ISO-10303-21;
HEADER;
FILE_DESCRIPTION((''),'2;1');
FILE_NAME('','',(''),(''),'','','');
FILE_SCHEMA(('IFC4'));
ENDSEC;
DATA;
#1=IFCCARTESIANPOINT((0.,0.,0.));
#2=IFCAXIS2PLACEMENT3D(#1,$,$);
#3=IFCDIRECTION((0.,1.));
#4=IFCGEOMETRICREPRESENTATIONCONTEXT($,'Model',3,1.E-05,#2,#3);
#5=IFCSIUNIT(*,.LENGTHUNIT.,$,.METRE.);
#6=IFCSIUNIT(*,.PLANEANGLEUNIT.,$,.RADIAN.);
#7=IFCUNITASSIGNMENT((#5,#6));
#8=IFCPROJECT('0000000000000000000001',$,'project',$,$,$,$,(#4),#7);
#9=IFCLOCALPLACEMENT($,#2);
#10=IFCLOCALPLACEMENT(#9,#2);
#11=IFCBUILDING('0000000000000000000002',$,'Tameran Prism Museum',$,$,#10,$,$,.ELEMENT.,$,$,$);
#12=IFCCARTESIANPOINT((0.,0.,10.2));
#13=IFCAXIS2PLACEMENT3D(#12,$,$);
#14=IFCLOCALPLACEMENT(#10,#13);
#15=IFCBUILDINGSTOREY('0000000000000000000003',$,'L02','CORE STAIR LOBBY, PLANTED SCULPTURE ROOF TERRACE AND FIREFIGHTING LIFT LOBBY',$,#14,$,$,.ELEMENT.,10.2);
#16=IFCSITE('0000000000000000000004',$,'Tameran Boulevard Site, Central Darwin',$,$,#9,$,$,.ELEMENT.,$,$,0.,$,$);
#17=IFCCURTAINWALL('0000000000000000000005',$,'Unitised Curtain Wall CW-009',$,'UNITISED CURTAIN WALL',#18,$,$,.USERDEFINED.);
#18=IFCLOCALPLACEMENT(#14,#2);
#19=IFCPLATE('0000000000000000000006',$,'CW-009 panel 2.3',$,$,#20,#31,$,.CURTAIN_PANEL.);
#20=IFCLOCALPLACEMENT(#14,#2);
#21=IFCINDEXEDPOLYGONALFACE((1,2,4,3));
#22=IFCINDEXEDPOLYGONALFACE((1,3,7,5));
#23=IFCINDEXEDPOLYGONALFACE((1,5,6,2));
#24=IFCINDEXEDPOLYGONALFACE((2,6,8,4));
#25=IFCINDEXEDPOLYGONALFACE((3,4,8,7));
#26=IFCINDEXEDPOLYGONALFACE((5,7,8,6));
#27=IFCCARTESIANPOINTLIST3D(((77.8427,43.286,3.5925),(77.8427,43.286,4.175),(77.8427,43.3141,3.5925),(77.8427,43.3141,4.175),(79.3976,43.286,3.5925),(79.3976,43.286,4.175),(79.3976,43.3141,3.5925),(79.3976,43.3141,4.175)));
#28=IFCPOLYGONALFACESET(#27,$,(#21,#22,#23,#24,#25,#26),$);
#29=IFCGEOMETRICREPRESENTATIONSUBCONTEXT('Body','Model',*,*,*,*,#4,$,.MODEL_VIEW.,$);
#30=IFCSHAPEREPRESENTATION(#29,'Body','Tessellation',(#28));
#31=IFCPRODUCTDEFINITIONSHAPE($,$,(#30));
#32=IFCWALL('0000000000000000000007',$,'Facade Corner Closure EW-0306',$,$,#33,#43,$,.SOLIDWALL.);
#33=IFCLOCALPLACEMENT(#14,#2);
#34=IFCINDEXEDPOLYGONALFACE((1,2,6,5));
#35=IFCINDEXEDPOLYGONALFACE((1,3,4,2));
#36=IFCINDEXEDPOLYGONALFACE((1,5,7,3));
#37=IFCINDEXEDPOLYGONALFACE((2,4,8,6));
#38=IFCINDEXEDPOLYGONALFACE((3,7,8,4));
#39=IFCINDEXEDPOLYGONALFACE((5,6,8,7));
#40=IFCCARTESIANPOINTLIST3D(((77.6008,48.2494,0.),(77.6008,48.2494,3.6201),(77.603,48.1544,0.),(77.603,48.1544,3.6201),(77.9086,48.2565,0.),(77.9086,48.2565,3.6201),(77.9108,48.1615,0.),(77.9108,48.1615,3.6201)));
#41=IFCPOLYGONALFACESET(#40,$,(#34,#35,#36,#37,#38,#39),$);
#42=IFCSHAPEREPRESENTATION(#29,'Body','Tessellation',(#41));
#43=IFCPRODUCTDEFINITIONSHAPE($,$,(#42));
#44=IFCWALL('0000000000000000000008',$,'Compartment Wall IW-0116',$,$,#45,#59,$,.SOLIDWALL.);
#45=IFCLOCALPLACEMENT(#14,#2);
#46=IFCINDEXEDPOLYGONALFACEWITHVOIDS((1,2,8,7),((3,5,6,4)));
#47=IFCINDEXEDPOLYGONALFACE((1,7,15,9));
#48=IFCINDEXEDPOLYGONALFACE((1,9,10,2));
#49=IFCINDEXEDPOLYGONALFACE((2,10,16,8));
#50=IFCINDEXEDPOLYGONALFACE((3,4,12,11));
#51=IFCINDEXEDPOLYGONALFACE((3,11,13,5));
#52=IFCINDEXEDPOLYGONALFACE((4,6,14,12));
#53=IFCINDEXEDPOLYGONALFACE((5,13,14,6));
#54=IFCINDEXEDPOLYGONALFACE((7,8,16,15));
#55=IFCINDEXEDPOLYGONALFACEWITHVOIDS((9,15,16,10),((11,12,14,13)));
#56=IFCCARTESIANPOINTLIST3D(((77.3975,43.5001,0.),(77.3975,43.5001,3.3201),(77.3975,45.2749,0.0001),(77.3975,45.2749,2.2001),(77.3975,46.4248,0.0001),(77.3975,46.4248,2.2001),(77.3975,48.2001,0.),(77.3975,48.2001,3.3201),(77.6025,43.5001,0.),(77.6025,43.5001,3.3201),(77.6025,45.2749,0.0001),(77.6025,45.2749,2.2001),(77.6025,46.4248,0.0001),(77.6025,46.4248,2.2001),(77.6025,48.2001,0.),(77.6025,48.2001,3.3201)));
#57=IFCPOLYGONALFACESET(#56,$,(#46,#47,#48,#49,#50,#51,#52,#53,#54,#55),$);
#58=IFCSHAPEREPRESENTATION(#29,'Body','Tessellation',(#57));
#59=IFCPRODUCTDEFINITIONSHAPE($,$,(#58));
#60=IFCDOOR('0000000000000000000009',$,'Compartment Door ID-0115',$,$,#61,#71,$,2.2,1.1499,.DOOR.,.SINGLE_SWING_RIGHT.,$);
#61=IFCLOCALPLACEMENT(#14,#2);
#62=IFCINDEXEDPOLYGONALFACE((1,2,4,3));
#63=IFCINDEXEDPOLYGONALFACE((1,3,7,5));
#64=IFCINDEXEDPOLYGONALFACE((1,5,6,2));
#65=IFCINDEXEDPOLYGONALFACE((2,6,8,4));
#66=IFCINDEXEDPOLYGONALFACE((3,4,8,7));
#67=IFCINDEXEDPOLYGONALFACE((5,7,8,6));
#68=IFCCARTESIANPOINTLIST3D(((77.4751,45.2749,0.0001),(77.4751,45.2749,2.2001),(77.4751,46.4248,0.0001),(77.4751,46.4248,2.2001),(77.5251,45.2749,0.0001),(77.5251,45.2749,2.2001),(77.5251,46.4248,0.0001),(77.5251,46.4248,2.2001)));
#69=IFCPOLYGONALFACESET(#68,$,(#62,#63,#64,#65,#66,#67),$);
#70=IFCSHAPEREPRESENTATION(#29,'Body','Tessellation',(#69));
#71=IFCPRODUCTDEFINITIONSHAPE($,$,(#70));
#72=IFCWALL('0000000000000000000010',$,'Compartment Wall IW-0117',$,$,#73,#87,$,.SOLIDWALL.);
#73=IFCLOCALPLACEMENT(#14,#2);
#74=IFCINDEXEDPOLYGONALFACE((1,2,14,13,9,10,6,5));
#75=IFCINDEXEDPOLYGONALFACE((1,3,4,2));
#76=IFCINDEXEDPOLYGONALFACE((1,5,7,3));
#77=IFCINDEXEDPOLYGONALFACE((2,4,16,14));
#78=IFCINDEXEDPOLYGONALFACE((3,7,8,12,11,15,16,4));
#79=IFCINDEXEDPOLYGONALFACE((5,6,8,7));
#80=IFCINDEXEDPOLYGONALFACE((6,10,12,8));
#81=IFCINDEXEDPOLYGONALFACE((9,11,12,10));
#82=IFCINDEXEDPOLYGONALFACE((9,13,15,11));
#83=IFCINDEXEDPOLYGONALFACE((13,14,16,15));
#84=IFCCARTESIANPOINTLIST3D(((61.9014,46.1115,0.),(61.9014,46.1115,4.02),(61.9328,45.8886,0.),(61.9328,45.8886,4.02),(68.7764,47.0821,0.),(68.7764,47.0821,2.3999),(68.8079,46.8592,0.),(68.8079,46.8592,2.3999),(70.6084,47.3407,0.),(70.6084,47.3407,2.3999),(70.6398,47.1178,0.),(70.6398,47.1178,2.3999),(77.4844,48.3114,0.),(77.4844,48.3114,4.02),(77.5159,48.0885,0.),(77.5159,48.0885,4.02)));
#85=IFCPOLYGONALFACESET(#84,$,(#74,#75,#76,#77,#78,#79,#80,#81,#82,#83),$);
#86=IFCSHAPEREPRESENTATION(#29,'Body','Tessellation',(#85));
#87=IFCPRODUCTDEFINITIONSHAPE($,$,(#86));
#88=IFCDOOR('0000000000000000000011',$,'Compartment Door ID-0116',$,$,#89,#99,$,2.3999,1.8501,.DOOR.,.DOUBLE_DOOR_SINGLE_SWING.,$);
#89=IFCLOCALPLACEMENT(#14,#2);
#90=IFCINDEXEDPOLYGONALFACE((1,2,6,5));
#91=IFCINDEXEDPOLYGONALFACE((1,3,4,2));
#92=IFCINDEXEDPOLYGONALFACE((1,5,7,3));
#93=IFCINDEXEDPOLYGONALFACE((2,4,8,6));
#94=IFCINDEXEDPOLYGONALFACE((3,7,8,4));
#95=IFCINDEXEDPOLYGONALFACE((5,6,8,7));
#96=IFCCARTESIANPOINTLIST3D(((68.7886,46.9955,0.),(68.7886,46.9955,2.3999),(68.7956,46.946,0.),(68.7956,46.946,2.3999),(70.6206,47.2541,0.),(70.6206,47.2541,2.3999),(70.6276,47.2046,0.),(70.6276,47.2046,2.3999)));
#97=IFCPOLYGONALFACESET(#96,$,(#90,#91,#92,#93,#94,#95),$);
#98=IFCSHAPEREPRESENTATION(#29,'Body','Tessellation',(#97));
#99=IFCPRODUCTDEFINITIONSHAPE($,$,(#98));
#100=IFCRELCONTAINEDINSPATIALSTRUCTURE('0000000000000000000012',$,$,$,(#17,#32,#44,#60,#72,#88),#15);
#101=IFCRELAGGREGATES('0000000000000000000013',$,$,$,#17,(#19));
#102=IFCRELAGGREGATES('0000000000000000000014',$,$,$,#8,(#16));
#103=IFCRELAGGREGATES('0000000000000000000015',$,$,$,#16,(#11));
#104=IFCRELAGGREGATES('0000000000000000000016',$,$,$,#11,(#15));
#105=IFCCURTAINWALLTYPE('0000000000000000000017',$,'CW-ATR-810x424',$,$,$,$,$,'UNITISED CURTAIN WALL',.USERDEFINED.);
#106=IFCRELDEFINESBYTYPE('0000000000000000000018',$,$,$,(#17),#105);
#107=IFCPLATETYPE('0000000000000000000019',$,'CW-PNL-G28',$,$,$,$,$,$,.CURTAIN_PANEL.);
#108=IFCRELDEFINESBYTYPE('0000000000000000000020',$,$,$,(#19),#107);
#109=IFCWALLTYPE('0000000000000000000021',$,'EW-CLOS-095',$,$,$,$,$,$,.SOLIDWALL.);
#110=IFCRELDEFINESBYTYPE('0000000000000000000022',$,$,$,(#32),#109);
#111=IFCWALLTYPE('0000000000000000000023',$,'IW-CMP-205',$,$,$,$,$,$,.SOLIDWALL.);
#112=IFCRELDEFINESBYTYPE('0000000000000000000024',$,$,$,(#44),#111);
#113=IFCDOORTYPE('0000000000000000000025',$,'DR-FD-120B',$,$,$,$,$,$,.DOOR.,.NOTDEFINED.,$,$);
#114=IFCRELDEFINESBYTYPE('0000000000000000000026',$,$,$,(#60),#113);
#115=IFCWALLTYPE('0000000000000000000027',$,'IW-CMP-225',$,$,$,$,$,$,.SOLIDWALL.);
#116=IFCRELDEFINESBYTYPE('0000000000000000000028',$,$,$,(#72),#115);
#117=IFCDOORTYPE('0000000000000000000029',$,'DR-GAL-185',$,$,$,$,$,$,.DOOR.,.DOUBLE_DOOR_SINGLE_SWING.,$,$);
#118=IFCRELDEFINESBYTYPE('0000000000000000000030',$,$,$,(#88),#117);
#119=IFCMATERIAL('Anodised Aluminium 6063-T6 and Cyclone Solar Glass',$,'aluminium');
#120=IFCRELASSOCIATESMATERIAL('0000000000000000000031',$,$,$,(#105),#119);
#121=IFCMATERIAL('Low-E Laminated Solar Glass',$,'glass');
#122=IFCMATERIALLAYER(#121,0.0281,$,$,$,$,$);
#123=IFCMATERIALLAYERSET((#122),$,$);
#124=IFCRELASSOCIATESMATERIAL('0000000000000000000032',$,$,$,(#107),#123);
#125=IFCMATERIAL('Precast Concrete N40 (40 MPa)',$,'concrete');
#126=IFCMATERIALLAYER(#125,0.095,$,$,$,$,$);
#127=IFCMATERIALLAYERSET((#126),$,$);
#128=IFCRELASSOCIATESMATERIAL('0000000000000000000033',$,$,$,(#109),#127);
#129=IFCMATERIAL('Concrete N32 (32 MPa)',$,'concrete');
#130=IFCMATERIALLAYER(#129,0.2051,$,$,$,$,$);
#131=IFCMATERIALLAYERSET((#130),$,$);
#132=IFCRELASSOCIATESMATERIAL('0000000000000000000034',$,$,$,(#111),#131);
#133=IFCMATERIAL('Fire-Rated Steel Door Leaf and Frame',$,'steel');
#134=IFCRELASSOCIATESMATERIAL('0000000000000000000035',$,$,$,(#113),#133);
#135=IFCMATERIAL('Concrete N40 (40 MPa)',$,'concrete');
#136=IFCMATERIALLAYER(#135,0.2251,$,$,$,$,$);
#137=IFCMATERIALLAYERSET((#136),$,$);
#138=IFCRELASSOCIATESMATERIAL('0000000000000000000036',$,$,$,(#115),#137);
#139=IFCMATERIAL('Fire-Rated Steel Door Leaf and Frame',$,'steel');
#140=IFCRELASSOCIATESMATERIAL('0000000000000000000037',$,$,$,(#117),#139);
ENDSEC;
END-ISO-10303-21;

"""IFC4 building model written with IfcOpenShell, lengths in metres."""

from ifc_helpers import new_model, si_unit, direction, frame, frame_2d, origin, origin_2d, place, context, subcontext, project, spatial, rectangle, extrude, material, layer, layer_set, type_object, element, fill, aggregate, save


model = new_model("IFC4")

# Units and contexts
model_context = context("Model", 3, precision=1e-05, world=origin(), true_north=direction((0.0, 1.0)))
body_context = subcontext(model_context, "Body", "Model", "MODEL_VIEW")
ifc_project = project(units=[si_unit("LENGTHUNIT", "METRE"), si_unit("PLANEANGLEUNIT", "RADIAN")], contexts=[model_context])

# Site, building, storey
site_placement = place(None, origin())
site = spatial("IfcSite", under=ifc_project, at=site_placement, Name="Tameran Boulevard Site, Central Darwin", CompositionType="ELEMENT", RefElevation=0.0)
building_placement = place(site_placement, origin())
building = spatial("IfcBuilding", under=site, at=building_placement, Name="Tameran Prism Museum", CompositionType="ELEMENT")
storey_placement = place(building_placement, frame((0.0, 0.0, 10.2)))
storey = spatial("IfcBuildingStorey", under=building, at=storey_placement, Name="L02", Description="CORE STAIR LOBBY, PLANTED SCULPTURE ROOF TERRACE AND FIREFIGHTING LIFT LOBBY", CompositionType="ELEMENT", Elevation=10.2)

# Curtain wall
ifc_material_1 = material(Name="Anodised Aluminium 6063-T6 and Cyclone Solar Glass", Category="aluminium")
curtain_wall_type_1 = type_object("IfcCurtainWallType", Name="CW-ATR-810x424", ElementType="UNITISED CURTAIN WALL", PredefinedType="USERDEFINED", material=ifc_material_1)
curtain_wall_1_placement = place(storey_placement, origin())
curtain_wall_1 = element("IfcCurtainWall", 1, at=curtain_wall_1_placement, inside=storey, type_object=curtain_wall_type_1, Name="Unitised Curtain Wall CW-009", ObjectType="UNITISED CURTAIN WALL", PredefinedType="USERDEFINED")

# Plate
ifc_material_2 = material(Name="Low-E Laminated Solar Glass", Category="glass")
ifc_layer_1 = layer(ifc_material_2, 0.0281)
ifc_layer_set_1 = layer_set([ifc_layer_1])
plate_type = type_object("IfcPlateType", Name="CW-PNL-G28", PredefinedType="CURTAIN_PANEL", material=ifc_layer_set_1)
plate_1_placement = place(storey_placement, frame((78.6201, 43.3, 3.5925), z_axis=(0.0, 0.0, 1.0), x_axis=(-1.0, 0.0, 0.0)))
plate_1 = element("IfcPlate", 2, at=plate_1_placement, type_object=plate_type, Name="CW-009 panel 2.3", PredefinedType="CURTAIN_PANEL", context=body_context, shape_type="SweptSolid", body=[
    extrude(rectangle(XDim=1.5549, YDim=0.0281, at=origin_2d()), origin(), (0.0, 0.0, 1.0), 0.5825),
])
aggregate(curtain_wall_1, [plate_1])

# Wall
ifc_material_3 = material(Name="Precast Concrete N40 (40 MPa)", Category="concrete")
ifc_layer_2 = layer(ifc_material_3, 0.095)
ifc_layer_set_2 = layer_set([ifc_layer_2])
wall_type_1 = type_object("IfcWallType", Name="EW-CLOS-095", PredefinedType="SOLIDWALL", material=ifc_layer_set_2)
wall_1_placement = place(storey_placement, frame((77.6021, 48.2019, 0.0), z_axis=(0.0, 0.0, 1.0), x_axis=(0.999736, 0.022992, 0.0)))
element("IfcWall", 3, at=wall_1_placement, inside=storey, type_object=wall_type_1, Name="Facade Corner Closure EW-0306", PredefinedType="SOLIDWALL", context=body_context, shape_type="SweptSolid", body=[
    extrude(rectangle(XDim=0.3079, YDim=0.095, at=frame_2d((0.1538, 0.0))), origin(), (0.0, 0.0, 1.0), 3.6201),
])

# Walls, openings, doors
ifc_material_4 = material(Name="Concrete N32 (32 MPa)", Category="concrete")
ifc_layer_3 = layer(ifc_material_4, 0.2051)
ifc_layer_set_3 = layer_set([ifc_layer_3])
wall_type_2 = type_object("IfcWallType", Name="IW-CMP-205", PredefinedType="SOLIDWALL", material=ifc_layer_set_3)
wall_2_placement = place(storey_placement, frame((77.5, 43.5, 0.0), z_axis=(0.0, 0.0, 1.0), x_axis=(0.0, 1.0, 0.0)))
wall_2 = element("IfcWall", 4, at=wall_2_placement, inside=storey, type_object=wall_type_2, Name="Compartment Wall IW-0116", PredefinedType="SOLIDWALL", context=body_context, shape_type="SweptSolid", body=[
    extrude(rectangle(XDim=4.7, YDim=0.2051, at=frame_2d((2.3501, 0.0))), origin(), (0.0, 0.0, 1.0), 3.3201),
])
opening_1_placement = place(wall_2_placement, frame((1.7749, 0.0, 0.0)))
opening_1 = element("IfcOpeningElement", 5, at=opening_1_placement, cuts=wall_2, PredefinedType="OPENING", context=body_context, shape_type="SweptSolid", body=[
    extrude(rectangle(XDim=1.1499, YDim=2.2, at=frame_2d((0.575, 1.1001))), frame((0.0, 0.1125, 0.0), z_axis=(0.0, -1.0, 0.0), x_axis=(1.0, 0.0, 0.0)), (0.0, 0.0, 1.0), 0.2251),
])
ifc_material_5 = material(Name="Fire-Rated Steel Door Leaf and Frame", Category="steel")
door_type_1 = type_object("IfcDoorType", Name="DR-FD-120B", OperationType="NOTDEFINED", PredefinedType="DOOR", material=ifc_material_5)
door_1_placement = place(opening_1_placement, origin())
door_1 = element("IfcDoor", 6, at=door_1_placement, inside=storey, type_object=door_type_1, Name="Compartment Door ID-0115", OperationType="SINGLE_SWING_RIGHT", OverallHeight=2.2, OverallWidth=1.1499, PredefinedType="DOOR", context=body_context, shape_type="SweptSolid", body=[
    extrude(rectangle(XDim=1.1499, YDim=2.2, at=frame_2d((0.575, 1.1001))), frame((0.0, 0.0249, 0.0), z_axis=(0.0, -1.0, 0.0), x_axis=(1.0, 0.0, 0.0)), (0.0, 0.0, 1.0), 0.05),
])
fill(opening_1, door_1)
ifc_material_6 = material(Name="Concrete N40 (40 MPa)", Category="concrete")
ifc_layer_4 = layer(ifc_material_6, 0.2251)
ifc_layer_set_4 = layer_set([ifc_layer_4])
wall_type_3 = type_object("IfcWallType", Name="IW-CMP-225", PredefinedType="SOLIDWALL", material=ifc_layer_set_4)
wall_3_placement = place(storey_placement, frame((77.5, 48.2, 0.0), z_axis=(0.0, 0.0, 1.0), x_axis=(-0.990181, -0.13979, 0.0)))
wall_3 = element("IfcWall", 7, at=wall_3_placement, inside=storey, type_object=wall_type_3, Name="Compartment Wall IW-0117", PredefinedType="SOLIDWALL", context=body_context, shape_type="SweptSolid", body=[
    extrude(rectangle(XDim=15.7375, YDim=0.2251, at=frame_2d((7.8687, 0.0))), origin(), (0.0, 0.0, 1.0), 4.02),
])
opening_2_placement = place(wall_3_placement, frame((6.9441, 0.0, 0.0)))
opening_2 = element("IfcOpeningElement", 8, at=opening_2_placement, cuts=wall_3, PredefinedType="OPENING", context=body_context, shape_type="SweptSolid", body=[
    extrude(rectangle(XDim=1.8501, YDim=2.3999, at=frame_2d((0.925, 1.2))), frame((0.0, 0.1226, 0.0), z_axis=(0.0, -1.0, 0.0), x_axis=(1.0, 0.0, 0.0)), (0.0, 0.0, 1.0), 0.2451),
])
ifc_material_7 = material(Name="Fire-Rated Steel Door Leaf and Frame", Category="steel")
door_type_2 = type_object("IfcDoorType", Name="DR-GAL-185", OperationType="DOUBLE_DOOR_SINGLE_SWING", PredefinedType="DOOR", material=ifc_material_7)
door_2_placement = place(opening_2_placement, origin())
door_2 = element("IfcDoor", 9, at=door_2_placement, inside=storey, type_object=door_type_2, Name="Compartment Door ID-0116", OperationType="DOUBLE_DOOR_SINGLE_SWING", OverallHeight=2.3999, OverallWidth=1.8501, PredefinedType="DOOR", context=body_context, shape_type="SweptSolid", body=[
    extrude(rectangle(XDim=1.8501, YDim=2.3999, at=frame_2d((0.925, 1.2))), frame((0.0, 0.0249, 0.0), z_axis=(0.0, -1.0, 0.0), x_axis=(1.0, 0.0, 0.0)), (0.0, 0.0, 1.0), 0.05),
])
fill(opening_2, door_2)

save(model, "model.ifc")
